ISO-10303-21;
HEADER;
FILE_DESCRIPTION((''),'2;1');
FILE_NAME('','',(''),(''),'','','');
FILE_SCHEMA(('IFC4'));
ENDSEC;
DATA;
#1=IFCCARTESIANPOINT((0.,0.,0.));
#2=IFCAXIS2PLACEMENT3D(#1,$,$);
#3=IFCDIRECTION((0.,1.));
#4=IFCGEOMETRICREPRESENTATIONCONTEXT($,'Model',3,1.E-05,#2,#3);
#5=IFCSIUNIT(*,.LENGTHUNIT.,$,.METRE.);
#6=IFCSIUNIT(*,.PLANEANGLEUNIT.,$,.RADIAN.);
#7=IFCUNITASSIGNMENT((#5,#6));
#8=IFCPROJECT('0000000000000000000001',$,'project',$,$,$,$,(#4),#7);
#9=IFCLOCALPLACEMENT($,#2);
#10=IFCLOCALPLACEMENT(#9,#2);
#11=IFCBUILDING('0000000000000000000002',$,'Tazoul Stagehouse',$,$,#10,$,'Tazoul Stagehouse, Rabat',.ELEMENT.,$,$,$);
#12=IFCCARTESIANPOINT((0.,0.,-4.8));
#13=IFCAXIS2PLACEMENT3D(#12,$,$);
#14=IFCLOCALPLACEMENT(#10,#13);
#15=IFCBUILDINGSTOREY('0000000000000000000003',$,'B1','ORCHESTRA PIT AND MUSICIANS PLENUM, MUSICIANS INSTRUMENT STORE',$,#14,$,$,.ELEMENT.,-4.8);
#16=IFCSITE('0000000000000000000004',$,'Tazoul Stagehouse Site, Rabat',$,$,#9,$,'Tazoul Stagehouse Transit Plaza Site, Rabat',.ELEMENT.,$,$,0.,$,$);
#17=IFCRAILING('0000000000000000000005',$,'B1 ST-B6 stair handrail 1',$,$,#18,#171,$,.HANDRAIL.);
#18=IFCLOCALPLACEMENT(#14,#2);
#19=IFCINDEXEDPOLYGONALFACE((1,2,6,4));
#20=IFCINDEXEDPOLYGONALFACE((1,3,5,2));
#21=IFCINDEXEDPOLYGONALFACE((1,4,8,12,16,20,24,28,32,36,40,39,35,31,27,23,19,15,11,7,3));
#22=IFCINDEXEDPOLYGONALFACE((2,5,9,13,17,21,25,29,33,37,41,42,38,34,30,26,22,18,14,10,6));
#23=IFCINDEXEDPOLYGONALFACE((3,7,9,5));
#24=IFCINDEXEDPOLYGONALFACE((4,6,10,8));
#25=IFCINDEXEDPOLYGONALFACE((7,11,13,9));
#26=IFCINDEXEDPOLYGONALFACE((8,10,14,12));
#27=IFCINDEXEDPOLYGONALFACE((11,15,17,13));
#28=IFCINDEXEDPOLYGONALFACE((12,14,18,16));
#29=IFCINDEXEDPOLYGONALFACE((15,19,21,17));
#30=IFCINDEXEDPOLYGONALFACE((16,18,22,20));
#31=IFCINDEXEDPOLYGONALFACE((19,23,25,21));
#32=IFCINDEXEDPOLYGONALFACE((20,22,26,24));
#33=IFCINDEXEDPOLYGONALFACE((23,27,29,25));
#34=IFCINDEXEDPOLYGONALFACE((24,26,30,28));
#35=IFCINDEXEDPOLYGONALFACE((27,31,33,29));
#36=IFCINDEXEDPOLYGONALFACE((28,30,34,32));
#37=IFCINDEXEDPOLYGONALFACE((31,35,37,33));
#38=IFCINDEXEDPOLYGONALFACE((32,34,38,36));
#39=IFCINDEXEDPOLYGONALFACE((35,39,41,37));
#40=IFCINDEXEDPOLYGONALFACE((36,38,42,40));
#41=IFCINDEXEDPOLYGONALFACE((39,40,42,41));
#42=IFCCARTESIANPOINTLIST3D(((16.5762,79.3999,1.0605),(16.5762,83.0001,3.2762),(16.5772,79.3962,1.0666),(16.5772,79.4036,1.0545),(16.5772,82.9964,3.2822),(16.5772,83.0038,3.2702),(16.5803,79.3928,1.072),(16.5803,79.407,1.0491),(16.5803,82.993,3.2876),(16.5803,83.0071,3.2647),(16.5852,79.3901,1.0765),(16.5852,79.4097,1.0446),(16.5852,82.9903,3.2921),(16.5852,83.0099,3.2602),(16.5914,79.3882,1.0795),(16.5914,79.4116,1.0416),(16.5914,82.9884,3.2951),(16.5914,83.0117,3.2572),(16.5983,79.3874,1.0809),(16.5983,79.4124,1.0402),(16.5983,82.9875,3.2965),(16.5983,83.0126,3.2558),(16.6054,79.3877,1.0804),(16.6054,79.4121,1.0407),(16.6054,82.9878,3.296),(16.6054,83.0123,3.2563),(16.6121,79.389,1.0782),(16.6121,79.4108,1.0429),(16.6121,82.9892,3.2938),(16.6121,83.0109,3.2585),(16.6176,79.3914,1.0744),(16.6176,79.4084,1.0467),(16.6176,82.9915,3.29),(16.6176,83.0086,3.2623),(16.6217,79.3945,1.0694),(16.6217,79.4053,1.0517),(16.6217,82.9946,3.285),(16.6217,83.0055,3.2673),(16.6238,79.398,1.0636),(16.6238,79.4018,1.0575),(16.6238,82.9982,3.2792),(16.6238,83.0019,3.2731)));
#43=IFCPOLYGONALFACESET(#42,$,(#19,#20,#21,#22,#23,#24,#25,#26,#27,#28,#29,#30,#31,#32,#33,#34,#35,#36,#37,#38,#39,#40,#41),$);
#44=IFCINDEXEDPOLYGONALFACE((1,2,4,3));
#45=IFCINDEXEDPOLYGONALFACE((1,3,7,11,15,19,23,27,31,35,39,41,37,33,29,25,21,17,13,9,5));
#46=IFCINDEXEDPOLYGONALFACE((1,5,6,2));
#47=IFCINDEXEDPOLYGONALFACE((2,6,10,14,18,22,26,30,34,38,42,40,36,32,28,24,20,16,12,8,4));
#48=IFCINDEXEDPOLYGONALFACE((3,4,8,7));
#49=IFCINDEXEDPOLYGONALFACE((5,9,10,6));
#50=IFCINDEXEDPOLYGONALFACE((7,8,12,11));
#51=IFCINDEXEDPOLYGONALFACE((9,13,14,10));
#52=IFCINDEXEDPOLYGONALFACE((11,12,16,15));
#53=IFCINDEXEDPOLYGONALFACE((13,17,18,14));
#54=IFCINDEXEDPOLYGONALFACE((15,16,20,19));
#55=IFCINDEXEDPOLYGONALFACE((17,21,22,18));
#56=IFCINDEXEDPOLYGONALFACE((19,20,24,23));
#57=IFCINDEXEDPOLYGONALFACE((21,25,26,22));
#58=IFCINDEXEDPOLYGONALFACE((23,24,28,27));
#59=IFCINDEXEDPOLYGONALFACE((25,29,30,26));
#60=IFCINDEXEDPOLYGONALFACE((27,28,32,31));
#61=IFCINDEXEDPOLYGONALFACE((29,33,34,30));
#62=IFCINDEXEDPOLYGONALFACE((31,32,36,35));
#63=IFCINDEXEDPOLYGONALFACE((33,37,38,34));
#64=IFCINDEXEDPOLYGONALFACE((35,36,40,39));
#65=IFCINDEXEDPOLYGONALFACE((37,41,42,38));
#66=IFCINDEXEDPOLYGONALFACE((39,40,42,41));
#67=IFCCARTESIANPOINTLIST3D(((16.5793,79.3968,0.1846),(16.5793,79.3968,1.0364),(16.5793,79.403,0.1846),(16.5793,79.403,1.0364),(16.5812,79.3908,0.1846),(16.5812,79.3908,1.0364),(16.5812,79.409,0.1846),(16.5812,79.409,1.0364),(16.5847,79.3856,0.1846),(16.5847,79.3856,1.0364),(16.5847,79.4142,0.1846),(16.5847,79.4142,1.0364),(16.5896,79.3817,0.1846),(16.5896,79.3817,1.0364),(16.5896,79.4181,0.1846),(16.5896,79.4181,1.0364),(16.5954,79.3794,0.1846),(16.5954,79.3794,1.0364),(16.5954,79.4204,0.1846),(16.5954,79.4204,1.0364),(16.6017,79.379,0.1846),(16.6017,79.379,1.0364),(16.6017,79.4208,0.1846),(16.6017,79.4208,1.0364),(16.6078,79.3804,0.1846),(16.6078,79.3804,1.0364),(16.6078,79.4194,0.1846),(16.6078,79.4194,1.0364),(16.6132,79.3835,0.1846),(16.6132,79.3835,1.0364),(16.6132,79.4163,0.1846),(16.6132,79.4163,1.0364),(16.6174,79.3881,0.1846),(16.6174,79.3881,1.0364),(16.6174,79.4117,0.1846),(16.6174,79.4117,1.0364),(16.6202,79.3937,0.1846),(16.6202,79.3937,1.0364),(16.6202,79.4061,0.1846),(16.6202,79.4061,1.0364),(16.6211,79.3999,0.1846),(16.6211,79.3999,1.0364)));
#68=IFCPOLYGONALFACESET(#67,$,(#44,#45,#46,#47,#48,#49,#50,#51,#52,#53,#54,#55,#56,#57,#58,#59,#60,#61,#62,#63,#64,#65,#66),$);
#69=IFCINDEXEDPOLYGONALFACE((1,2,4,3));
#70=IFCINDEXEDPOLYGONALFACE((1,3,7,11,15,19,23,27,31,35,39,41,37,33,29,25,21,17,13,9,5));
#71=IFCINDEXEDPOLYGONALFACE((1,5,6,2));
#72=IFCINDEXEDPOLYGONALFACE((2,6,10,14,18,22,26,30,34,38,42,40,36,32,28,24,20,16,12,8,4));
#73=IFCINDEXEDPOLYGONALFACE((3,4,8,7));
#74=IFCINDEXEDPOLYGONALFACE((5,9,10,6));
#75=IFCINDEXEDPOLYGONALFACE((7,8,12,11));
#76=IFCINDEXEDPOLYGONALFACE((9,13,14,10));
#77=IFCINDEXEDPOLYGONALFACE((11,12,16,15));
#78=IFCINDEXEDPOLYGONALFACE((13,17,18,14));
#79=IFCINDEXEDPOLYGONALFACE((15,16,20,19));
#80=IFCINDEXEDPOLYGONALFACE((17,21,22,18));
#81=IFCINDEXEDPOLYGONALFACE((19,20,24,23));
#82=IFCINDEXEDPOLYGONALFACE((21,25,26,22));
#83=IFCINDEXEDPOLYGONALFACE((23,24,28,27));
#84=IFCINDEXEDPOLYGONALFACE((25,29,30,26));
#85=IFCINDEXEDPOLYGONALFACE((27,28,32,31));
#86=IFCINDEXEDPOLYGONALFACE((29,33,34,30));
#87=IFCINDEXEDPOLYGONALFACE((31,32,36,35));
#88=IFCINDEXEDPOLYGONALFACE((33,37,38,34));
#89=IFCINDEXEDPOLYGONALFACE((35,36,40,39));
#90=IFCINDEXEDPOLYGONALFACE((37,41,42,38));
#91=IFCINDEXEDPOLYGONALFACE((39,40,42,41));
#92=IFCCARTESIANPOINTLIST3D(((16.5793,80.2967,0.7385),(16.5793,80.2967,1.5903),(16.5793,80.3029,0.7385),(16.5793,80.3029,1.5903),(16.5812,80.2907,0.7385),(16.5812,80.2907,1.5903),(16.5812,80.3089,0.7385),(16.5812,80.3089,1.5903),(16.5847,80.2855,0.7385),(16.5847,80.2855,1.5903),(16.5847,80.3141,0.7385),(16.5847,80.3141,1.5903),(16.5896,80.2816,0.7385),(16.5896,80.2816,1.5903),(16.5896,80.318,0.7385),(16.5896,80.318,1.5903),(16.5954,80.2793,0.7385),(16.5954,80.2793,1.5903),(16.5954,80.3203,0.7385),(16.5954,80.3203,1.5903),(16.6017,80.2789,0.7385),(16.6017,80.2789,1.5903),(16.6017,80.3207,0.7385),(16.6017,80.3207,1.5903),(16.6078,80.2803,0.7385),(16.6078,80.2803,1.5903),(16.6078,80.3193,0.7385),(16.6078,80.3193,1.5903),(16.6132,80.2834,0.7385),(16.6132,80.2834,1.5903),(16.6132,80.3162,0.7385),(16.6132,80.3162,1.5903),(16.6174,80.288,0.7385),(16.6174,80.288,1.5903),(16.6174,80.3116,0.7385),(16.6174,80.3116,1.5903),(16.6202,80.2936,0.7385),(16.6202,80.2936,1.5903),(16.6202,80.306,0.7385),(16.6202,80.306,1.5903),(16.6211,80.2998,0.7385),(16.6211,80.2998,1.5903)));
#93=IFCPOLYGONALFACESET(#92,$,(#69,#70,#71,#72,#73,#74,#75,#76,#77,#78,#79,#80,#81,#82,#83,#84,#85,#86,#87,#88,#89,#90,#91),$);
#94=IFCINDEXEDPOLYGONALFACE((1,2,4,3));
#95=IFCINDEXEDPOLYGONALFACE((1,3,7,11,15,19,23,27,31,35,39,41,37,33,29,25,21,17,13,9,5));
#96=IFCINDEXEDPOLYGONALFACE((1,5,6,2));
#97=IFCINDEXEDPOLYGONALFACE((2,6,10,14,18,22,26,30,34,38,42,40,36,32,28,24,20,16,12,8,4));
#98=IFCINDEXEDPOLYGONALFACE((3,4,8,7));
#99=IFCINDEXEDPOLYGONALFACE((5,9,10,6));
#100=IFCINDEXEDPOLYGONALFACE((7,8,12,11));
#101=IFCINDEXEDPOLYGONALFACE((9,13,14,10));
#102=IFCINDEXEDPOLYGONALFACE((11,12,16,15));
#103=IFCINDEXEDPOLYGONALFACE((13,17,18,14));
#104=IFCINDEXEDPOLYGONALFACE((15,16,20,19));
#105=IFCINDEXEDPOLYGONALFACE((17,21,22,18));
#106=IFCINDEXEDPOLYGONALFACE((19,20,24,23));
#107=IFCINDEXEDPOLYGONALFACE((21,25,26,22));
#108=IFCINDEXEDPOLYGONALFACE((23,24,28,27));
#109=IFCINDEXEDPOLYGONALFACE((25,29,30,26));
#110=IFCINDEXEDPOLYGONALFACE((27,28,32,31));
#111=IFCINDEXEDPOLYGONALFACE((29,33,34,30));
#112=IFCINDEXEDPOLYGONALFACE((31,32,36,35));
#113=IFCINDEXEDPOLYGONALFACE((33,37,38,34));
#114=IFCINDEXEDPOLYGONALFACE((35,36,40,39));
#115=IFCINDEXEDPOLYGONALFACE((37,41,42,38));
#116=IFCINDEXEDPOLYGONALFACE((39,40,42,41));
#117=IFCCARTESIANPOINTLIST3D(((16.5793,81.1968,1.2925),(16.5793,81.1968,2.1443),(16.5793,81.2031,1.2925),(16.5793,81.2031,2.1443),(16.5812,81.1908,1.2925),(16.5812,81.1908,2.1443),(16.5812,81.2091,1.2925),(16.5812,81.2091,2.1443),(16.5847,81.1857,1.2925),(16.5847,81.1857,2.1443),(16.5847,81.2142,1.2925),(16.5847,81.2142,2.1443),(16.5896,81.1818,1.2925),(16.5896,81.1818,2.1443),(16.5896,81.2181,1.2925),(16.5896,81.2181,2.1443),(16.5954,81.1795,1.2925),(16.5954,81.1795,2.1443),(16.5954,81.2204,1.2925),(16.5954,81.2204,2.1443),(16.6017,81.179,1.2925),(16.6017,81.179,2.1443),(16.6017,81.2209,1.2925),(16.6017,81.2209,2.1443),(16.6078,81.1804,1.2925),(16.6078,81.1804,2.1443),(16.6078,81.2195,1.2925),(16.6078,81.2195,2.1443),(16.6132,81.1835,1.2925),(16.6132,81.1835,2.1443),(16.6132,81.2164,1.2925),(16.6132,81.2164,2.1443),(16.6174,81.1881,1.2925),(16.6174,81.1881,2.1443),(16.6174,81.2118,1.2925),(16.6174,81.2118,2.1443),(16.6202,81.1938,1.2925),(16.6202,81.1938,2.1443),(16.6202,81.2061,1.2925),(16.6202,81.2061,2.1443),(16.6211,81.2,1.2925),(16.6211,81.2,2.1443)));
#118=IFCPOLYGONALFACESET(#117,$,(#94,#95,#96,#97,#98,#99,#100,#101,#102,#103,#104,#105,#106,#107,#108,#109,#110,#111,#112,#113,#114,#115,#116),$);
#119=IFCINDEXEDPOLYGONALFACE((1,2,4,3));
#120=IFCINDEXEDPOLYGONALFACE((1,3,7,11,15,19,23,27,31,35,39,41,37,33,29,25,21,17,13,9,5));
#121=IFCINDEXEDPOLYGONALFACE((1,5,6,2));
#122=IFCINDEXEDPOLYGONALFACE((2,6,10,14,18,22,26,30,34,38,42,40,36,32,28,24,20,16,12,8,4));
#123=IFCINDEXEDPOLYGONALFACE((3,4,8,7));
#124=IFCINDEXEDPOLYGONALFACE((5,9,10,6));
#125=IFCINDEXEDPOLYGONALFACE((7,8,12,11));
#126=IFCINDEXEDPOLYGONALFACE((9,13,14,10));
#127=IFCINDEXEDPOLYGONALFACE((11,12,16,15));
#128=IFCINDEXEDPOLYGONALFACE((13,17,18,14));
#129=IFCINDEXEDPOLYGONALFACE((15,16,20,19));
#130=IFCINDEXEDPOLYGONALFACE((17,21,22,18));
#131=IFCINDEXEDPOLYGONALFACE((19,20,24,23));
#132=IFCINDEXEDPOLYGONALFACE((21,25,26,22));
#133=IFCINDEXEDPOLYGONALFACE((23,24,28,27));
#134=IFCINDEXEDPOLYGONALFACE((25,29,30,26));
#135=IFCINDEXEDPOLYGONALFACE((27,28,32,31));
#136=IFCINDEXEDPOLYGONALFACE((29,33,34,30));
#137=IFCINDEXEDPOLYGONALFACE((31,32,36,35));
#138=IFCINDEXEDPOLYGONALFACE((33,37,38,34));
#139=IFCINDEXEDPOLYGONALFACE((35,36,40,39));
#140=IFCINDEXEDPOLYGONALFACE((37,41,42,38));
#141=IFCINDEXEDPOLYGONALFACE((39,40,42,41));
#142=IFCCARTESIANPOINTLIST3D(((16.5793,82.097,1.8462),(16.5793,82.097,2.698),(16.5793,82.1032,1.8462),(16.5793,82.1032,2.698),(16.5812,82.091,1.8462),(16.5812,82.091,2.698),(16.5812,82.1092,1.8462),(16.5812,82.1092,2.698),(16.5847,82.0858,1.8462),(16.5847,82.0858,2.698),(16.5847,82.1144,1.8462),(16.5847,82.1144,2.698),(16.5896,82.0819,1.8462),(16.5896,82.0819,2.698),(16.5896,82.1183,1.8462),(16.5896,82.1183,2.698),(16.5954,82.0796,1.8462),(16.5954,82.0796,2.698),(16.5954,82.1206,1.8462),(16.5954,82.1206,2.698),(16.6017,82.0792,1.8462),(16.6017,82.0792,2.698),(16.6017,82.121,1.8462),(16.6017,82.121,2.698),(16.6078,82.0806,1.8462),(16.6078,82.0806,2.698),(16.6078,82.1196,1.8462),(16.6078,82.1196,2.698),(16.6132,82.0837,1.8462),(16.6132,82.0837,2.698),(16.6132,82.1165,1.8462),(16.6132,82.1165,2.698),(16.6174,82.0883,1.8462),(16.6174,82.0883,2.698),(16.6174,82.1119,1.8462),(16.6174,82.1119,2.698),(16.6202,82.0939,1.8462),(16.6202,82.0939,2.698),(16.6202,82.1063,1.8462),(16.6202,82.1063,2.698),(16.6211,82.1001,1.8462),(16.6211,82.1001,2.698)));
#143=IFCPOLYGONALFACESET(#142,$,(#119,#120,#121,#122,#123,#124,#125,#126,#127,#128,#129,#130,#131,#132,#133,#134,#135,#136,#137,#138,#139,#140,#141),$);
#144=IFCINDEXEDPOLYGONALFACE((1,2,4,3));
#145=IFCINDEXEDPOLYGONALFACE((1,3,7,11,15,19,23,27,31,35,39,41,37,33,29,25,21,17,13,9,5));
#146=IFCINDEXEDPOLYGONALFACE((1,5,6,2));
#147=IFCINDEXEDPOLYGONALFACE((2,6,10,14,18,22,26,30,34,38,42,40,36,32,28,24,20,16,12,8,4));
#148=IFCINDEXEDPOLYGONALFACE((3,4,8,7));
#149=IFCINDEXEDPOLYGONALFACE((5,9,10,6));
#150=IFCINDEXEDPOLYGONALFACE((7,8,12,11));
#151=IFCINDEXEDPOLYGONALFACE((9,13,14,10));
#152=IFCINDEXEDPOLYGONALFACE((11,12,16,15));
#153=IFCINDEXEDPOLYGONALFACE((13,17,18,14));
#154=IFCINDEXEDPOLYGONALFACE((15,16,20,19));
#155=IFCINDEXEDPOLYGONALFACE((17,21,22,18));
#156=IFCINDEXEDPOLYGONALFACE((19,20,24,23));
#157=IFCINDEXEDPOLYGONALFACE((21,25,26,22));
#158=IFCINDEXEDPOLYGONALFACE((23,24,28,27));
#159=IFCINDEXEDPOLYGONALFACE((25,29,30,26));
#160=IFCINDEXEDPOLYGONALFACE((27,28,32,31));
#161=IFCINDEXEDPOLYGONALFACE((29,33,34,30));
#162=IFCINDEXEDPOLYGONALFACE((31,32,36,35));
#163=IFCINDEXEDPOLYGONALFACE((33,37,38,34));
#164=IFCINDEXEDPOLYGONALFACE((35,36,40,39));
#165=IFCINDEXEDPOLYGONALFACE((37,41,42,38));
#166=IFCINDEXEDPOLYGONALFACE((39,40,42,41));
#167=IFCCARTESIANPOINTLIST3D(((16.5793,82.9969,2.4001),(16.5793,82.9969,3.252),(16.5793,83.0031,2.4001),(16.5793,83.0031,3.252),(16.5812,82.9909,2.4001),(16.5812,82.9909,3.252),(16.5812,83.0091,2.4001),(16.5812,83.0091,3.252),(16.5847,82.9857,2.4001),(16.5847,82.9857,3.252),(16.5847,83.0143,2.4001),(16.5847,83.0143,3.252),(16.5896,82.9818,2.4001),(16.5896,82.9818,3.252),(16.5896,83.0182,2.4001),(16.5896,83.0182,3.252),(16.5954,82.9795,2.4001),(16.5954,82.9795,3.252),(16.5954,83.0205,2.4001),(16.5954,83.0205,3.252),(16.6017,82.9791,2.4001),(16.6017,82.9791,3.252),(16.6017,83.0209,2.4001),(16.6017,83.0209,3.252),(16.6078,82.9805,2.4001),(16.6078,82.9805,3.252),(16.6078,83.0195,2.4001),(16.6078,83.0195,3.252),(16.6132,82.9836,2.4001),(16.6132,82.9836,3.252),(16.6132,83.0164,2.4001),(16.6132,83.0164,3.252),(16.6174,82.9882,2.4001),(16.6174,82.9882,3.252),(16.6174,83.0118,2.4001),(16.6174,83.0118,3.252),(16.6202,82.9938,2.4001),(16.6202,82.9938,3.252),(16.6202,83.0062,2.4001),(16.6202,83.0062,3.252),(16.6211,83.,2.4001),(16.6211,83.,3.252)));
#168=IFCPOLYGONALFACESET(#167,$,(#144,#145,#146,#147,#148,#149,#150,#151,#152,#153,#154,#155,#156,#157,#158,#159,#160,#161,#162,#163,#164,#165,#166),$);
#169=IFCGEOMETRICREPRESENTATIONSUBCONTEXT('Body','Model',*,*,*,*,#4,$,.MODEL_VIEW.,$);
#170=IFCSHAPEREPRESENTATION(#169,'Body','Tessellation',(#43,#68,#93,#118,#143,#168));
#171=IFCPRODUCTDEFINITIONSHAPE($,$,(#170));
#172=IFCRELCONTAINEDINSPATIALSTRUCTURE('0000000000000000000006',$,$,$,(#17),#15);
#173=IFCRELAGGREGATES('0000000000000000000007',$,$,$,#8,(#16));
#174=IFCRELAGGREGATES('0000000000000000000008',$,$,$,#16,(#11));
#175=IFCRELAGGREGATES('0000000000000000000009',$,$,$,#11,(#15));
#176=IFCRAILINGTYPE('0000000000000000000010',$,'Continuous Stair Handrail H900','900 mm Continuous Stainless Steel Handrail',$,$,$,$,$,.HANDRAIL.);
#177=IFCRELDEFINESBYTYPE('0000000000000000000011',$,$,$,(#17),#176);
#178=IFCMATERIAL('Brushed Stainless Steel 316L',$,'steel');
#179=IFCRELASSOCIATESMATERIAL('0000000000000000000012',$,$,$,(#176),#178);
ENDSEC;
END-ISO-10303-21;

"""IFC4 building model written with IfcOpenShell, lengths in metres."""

from ifc_helpers import new_model, si_unit, direction, frame, origin, origin_2d, place, context, subcontext, project, spatial, circle, extrude, material, material_profile, profile_set, type_object, element, save


model = new_model("IFC4")

# Units and contexts
model_context = context("Model", 3, precision=1e-05, world=origin(), true_north=direction((0.0, 1.0)))
body_context = subcontext(model_context, "Body", "Model", "MODEL_VIEW")
ifc_project = project(units=[si_unit("LENGTHUNIT", "METRE"), si_unit("PLANEANGLEUNIT", "RADIAN")], contexts=[model_context])

# Site, building, storey
site_placement = place(None, origin())
site = spatial("IfcSite", under=ifc_project, at=site_placement, Name="Tazoul Stagehouse Site, Rabat", LongName="Tazoul Stagehouse Transit Plaza Site, Rabat", CompositionType="ELEMENT", RefElevation=0.0)
building_placement = place(site_placement, origin())
building = spatial("IfcBuilding", under=site, at=building_placement, Name="Tazoul Stagehouse", LongName="Tazoul Stagehouse, Rabat", CompositionType="ELEMENT")
storey_placement = place(building_placement, frame((0.0, 0.0, -4.8)))
storey = spatial("IfcBuildingStorey", under=building, at=storey_placement, Name="B1", Description="ORCHESTRA PIT AND MUSICIANS PLENUM, MUSICIANS INSTRUMENT STORE", CompositionType="ELEMENT", Elevation=-4.8)

# Railing
ifc_material_1 = material(Name="Brushed Stainless Steel 316L", Category="steel")
ifc_material_profile_1 = material_profile(ifc_material_1, circle(Radius=0.021, at=origin_2d()), Name="SS HANDRAIL D42")
ifc_profile_set_1 = profile_set([ifc_material_profile_1], Name="Brushed Stainless Steel 316L")
railing_type_1 = type_object("IfcRailingType", Name="Continuous Stair Handrail H900", Description="900 mm Continuous Stainless Steel Handrail", PredefinedType="HANDRAIL", material=ifc_profile_set_1)
railing_1_placement = place(storey_placement, frame((16.6001, 79.3999, 0.1846)))
element("IfcRailing", 1, at=railing_1_placement, inside=storey, type_object=railing_type_1, Name="B1 ST-B6 stair handrail 1", PredefinedType="HANDRAIL", context=body_context, shape_type="SweptSolid", body=[
    extrude(circle(Radius=0.0239, at=origin_2d()), frame((0.0, 0.0, 0.876), z_axis=(0.0, 0.851644, 0.52412), x_axis=(-1.0, 0.0, 0.0)), (0.0, 0.0, 1.0), 4.2273),
    extrude(circle(Radius=0.021, at=origin_2d()), origin(), (0.0, 0.0, 1.0), 0.8518),
    extrude(circle(Radius=0.021, at=origin_2d()), frame((0.0, 0.8999, 0.554)), (0.0, 0.0, 1.0), 0.8518),
    extrude(circle(Radius=0.021, at=origin_2d()), frame((0.0, 1.8, 1.1079)), (0.0, 0.0, 1.0), 0.8518),
    extrude(circle(Radius=0.021, at=origin_2d()), frame((0.0, 2.7002, 1.6616)), (0.0, 0.0, 1.0), 0.8518),
    extrude(circle(Radius=0.021, at=origin_2d()), frame((0.0, 3.6001, 2.2156)), (0.0, 0.0, 1.0), 0.8518),
])

save(model, "model.ifc")
